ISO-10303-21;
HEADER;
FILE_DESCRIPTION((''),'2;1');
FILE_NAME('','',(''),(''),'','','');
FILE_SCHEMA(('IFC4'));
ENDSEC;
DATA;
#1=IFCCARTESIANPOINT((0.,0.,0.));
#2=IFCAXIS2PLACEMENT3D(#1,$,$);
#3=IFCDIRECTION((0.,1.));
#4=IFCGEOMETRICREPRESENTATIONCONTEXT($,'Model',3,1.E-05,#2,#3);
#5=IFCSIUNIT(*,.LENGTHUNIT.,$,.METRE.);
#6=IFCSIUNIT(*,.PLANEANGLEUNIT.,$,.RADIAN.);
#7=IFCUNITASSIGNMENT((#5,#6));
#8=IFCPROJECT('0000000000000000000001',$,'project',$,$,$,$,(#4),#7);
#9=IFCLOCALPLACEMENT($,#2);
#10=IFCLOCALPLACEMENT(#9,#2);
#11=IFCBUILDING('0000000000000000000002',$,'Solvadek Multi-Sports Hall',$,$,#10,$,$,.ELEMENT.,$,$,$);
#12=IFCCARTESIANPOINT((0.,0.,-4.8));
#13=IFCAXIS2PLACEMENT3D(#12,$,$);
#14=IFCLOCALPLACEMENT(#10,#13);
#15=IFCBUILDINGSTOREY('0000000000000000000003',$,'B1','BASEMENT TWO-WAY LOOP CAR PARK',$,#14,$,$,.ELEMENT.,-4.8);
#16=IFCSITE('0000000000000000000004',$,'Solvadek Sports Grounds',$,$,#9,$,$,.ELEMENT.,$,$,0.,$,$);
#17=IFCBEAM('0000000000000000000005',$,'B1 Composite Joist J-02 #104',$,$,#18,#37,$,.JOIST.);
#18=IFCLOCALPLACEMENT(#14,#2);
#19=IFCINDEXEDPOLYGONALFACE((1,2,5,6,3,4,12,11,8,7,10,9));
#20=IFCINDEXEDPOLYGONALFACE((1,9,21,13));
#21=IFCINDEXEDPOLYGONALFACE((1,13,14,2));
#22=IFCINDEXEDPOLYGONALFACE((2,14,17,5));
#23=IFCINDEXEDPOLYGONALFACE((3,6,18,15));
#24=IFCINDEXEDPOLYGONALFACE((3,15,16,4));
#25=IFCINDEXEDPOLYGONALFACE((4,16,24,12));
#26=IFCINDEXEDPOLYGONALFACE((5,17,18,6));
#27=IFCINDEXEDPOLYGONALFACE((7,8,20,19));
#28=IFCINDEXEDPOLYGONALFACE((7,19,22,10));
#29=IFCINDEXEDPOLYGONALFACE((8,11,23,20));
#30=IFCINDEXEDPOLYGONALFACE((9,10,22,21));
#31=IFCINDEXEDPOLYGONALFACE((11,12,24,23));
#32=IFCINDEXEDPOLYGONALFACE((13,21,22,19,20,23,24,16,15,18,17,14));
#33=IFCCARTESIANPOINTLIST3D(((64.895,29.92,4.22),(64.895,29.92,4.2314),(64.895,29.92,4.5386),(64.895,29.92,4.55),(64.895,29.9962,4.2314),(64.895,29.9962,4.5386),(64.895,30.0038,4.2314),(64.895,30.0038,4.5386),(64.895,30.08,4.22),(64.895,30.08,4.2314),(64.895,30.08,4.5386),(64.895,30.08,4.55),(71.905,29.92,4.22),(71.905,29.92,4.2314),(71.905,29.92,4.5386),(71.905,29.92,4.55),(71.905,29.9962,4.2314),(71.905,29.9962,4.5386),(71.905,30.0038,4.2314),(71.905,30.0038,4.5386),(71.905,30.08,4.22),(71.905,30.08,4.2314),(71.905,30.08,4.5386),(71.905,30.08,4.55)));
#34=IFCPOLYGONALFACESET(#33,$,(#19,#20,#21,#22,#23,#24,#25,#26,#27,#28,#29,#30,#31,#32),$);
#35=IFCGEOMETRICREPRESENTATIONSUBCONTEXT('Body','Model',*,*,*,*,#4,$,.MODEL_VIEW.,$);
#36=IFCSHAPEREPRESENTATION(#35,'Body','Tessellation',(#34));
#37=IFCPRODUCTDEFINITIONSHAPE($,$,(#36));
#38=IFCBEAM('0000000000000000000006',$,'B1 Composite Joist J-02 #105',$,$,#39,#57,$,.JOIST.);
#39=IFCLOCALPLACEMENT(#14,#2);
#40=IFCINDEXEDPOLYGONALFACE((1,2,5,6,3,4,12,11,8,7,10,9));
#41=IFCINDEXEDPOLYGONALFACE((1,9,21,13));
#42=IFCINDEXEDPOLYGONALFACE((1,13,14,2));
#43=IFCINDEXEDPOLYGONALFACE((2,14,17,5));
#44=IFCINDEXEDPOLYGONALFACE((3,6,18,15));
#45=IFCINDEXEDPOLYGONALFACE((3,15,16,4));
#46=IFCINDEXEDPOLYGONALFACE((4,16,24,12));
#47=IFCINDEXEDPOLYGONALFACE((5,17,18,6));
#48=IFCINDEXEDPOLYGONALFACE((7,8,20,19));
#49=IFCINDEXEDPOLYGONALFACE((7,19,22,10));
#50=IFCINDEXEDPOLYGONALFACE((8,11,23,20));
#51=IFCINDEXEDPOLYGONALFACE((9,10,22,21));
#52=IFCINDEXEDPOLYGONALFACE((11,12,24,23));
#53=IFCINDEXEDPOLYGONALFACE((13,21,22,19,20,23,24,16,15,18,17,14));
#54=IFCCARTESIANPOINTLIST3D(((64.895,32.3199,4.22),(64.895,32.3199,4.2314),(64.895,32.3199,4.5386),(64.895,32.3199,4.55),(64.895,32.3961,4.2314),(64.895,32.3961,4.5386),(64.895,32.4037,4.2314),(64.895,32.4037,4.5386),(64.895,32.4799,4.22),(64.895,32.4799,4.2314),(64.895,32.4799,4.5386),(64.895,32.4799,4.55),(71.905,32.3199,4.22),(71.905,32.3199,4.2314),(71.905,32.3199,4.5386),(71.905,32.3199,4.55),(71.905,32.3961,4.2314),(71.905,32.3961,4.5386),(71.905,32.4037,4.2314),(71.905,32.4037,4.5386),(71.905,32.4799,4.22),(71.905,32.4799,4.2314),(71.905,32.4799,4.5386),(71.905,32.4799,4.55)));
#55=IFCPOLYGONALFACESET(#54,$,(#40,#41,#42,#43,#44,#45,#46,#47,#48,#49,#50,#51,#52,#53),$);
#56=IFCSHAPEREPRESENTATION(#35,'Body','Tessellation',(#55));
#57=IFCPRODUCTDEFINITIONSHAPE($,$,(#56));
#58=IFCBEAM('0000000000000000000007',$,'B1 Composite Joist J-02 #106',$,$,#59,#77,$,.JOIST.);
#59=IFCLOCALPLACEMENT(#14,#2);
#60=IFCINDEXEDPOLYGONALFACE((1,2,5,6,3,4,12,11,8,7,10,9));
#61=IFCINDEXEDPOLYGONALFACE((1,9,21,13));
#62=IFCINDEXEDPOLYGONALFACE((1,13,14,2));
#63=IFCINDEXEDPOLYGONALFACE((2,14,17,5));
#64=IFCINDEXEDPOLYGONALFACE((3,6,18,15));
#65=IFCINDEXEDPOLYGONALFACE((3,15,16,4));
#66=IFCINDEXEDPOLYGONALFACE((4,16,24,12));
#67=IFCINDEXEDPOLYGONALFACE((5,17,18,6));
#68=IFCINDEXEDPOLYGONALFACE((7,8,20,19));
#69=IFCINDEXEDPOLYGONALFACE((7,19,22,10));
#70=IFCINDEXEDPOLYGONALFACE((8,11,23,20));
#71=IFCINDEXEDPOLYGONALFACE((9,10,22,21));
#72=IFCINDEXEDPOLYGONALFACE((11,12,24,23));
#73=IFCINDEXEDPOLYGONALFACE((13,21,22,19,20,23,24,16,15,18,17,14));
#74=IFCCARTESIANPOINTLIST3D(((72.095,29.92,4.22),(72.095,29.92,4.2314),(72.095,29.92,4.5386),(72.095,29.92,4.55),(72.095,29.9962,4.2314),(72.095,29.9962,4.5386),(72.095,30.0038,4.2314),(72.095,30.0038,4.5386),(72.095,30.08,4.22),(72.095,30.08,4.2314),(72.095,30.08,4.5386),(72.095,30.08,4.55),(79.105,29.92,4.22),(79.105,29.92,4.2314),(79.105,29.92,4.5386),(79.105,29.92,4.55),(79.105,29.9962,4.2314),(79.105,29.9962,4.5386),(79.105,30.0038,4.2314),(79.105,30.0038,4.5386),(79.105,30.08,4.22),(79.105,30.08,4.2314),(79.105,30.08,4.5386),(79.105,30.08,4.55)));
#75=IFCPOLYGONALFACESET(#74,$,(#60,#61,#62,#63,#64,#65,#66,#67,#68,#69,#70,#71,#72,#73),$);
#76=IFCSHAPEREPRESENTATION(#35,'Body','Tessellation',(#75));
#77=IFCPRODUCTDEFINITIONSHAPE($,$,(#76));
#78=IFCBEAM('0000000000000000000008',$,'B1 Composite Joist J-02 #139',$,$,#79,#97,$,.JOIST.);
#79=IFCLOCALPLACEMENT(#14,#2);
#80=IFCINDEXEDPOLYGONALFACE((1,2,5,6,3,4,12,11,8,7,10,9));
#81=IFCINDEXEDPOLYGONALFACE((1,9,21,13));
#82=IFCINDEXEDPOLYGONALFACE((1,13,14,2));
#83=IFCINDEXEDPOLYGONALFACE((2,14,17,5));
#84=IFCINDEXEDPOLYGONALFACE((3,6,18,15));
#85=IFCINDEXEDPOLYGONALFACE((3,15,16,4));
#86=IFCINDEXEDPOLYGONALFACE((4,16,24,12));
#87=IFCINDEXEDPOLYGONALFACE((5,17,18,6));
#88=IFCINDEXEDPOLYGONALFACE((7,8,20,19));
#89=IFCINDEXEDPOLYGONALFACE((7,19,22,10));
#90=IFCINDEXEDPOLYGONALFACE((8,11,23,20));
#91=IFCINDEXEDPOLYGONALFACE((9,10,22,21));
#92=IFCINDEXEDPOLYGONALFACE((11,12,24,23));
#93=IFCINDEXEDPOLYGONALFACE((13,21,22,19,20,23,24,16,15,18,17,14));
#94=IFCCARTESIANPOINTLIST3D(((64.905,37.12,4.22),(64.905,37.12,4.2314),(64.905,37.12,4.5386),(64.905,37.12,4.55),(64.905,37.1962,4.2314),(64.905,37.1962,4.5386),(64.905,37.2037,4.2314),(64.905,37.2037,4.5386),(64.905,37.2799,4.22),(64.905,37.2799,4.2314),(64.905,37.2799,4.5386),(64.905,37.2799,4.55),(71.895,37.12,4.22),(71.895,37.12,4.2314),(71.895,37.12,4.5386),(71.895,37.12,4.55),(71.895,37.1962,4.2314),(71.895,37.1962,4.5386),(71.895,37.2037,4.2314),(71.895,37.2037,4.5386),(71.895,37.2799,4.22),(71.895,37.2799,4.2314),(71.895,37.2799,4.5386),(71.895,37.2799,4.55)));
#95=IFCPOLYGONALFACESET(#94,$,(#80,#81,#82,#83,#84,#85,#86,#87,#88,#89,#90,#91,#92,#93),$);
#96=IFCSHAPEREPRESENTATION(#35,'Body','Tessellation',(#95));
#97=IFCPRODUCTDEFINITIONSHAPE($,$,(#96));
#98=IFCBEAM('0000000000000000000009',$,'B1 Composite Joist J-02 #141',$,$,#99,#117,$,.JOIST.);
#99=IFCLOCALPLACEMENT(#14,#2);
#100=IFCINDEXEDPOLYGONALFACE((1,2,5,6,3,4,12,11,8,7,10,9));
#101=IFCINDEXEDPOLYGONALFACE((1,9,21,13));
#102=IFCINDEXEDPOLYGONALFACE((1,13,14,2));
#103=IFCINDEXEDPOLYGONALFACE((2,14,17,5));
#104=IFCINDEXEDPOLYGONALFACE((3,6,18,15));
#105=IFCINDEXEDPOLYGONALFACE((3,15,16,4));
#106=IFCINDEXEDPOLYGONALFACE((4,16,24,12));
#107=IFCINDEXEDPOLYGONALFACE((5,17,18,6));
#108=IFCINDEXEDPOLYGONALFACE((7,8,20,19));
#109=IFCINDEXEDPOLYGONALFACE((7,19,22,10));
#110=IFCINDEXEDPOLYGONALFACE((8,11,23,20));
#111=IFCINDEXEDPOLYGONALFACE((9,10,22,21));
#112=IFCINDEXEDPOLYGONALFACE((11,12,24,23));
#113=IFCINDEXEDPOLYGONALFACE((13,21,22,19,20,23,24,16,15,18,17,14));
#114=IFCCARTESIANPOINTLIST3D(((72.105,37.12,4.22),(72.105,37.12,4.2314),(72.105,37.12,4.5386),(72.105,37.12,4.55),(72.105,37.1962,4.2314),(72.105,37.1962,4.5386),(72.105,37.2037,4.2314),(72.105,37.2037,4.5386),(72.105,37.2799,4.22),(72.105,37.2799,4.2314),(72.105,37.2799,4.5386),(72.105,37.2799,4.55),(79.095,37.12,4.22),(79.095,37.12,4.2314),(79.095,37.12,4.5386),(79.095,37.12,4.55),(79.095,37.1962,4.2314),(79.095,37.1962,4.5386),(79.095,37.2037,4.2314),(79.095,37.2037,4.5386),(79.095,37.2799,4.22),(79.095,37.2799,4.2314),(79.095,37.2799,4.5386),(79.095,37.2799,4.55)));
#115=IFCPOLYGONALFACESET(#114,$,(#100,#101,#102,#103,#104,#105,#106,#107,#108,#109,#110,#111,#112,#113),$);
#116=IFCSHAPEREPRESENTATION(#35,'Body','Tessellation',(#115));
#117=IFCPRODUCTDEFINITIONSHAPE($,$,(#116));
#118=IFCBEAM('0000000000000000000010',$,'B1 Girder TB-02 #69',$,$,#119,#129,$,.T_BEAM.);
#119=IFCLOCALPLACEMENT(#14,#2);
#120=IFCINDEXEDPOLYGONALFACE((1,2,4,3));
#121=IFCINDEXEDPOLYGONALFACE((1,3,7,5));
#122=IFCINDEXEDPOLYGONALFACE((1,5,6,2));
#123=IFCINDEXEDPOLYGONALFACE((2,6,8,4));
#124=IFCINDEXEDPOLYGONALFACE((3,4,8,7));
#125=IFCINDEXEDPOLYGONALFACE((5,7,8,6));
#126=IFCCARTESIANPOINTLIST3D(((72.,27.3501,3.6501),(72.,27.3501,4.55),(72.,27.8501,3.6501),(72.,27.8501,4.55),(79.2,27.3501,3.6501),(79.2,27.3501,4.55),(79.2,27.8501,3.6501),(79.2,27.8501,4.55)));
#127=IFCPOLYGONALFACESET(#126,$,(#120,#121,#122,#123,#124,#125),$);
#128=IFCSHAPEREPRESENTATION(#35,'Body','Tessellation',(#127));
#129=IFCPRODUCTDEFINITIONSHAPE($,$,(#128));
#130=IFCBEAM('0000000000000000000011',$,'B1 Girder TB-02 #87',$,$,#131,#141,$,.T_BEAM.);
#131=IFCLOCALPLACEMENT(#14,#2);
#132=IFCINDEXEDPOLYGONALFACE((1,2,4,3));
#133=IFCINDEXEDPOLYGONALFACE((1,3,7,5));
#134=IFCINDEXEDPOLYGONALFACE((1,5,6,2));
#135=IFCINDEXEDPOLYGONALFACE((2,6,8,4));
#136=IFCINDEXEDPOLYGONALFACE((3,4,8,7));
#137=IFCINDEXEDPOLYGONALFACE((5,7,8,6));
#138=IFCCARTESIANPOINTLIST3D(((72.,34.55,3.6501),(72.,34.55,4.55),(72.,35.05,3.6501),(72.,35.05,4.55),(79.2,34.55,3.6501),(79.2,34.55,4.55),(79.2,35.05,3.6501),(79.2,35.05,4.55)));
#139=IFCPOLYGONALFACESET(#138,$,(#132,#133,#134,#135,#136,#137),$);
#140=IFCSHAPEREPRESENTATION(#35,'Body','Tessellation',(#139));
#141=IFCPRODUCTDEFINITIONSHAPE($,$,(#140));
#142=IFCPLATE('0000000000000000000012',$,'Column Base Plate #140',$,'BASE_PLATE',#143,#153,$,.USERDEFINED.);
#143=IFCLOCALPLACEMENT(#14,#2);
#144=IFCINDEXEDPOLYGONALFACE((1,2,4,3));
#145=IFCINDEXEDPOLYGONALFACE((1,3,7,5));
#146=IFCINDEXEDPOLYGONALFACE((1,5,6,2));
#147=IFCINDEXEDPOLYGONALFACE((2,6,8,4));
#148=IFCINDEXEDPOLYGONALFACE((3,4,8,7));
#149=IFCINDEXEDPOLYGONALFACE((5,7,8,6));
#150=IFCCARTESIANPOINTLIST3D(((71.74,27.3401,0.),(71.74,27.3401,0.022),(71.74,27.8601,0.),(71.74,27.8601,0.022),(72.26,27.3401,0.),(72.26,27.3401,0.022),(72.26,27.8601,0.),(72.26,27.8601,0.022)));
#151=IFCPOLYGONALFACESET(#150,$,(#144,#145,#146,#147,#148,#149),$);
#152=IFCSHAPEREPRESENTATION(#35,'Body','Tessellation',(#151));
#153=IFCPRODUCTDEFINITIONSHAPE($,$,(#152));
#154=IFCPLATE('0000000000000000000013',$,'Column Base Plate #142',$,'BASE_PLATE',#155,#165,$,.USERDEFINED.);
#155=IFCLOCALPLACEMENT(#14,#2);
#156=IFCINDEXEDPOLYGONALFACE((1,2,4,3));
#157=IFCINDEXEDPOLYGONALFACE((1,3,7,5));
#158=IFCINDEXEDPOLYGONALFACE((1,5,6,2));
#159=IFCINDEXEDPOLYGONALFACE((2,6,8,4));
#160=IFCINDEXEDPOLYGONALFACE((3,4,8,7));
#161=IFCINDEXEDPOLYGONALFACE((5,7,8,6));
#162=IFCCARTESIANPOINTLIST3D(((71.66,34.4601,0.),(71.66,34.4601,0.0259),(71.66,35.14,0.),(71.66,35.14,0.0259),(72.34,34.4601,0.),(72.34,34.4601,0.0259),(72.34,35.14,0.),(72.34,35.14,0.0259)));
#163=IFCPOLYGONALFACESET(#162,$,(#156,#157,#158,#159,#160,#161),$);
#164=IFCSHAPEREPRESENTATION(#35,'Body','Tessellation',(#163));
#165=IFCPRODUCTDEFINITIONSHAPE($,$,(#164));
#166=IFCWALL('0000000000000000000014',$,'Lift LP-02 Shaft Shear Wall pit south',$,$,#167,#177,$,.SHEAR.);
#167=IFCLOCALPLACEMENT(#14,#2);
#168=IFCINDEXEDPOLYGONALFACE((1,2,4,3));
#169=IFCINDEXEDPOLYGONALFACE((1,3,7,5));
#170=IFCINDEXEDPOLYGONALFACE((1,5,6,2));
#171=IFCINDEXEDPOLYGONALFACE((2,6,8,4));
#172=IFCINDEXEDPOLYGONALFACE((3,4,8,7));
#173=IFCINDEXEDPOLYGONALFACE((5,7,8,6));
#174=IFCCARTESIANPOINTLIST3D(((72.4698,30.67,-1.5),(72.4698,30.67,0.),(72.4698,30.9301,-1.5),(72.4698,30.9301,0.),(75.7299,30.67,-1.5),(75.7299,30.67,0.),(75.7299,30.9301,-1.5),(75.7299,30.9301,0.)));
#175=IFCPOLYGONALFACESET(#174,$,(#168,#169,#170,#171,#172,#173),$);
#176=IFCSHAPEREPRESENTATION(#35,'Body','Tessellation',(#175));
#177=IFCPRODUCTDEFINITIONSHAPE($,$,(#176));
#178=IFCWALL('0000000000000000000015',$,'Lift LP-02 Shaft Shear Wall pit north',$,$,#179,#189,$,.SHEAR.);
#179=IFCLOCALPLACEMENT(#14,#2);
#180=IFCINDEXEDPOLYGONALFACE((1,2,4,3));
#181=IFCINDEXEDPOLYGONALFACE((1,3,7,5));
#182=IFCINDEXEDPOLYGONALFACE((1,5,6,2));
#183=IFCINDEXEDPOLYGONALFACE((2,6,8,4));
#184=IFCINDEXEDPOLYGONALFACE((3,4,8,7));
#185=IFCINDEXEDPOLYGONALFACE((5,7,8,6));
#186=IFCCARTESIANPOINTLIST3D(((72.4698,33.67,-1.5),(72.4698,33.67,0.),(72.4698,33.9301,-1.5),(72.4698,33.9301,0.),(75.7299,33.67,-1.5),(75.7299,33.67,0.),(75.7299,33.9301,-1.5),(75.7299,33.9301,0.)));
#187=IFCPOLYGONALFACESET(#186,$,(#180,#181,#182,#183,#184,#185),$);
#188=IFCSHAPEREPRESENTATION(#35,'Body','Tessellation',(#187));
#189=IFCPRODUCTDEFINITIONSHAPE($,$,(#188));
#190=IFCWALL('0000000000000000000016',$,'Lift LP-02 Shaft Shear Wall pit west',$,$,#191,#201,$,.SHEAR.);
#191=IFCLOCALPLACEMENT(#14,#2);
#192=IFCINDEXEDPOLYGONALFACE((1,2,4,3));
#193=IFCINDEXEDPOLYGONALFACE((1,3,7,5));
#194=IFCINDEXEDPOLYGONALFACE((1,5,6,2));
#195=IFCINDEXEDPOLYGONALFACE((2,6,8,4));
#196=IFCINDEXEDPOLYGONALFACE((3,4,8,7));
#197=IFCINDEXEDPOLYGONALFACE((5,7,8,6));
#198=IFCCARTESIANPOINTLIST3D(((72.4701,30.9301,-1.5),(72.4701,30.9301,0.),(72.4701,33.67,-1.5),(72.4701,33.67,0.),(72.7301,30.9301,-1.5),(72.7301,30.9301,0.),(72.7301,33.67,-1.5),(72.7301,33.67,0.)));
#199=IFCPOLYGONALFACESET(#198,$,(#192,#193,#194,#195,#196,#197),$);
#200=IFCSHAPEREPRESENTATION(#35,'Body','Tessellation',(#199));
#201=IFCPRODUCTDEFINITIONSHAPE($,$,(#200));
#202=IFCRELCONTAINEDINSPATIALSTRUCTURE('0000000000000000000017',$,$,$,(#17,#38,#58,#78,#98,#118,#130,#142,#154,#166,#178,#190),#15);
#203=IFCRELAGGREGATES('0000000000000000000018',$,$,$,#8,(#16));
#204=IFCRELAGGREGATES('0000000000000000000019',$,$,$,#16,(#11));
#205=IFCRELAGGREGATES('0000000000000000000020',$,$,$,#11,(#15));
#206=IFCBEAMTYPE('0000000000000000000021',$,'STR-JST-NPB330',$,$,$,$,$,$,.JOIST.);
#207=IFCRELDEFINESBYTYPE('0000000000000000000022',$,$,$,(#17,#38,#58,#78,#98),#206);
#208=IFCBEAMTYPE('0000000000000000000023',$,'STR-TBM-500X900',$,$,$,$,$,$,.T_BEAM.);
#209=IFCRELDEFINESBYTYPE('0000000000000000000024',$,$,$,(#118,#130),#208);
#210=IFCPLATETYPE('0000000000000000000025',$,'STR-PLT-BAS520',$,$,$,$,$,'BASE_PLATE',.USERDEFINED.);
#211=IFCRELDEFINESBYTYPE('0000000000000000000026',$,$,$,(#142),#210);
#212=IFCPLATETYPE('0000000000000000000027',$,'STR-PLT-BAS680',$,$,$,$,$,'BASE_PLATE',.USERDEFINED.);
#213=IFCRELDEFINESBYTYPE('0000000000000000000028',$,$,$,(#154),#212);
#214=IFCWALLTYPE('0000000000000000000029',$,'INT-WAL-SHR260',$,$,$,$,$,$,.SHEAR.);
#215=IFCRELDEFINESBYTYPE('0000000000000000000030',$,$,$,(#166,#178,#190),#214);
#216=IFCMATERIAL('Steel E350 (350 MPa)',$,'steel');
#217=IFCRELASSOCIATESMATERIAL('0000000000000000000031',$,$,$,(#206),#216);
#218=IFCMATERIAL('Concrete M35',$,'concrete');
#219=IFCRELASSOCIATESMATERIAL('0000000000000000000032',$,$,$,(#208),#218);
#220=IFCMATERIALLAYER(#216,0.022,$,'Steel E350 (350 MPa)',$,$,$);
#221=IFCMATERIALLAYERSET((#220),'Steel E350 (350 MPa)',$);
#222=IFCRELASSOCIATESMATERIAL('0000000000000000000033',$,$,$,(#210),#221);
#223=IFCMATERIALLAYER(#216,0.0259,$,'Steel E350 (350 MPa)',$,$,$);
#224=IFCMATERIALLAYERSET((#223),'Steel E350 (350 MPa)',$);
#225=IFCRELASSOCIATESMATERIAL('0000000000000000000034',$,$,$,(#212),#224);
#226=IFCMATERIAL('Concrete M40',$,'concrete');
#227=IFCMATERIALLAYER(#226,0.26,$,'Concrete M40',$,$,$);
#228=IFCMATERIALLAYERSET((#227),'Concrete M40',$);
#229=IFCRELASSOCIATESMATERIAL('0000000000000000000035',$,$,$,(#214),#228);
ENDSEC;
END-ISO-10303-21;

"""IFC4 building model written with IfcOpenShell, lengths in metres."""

from ifc_helpers import new_model, si_unit, direction, frame, frame_2d, origin, origin_2d, place, context, subcontext, project, spatial, rectangle, i_section, extrude, material, layer, layer_set, material_profile, profile_set, type_object, element, save


model = new_model("IFC4")

# Units and contexts
model_context = context("Model", 3, precision=1e-05, world=origin(), true_north=direction((0.0, 1.0)))
body_context = subcontext(model_context, "Body", "Model", "MODEL_VIEW")
ifc_project = project(units=[si_unit("LENGTHUNIT", "METRE"), si_unit("PLANEANGLEUNIT", "RADIAN")], contexts=[model_context])

# Site, building, storey
site_placement = place(None, origin())
site = spatial("IfcSite", under=ifc_project, at=site_placement, Name="Solvadek Sports Grounds", CompositionType="ELEMENT", RefElevation=0.0)
building_placement = place(site_placement, origin())
building = spatial("IfcBuilding", under=site, at=building_placement, Name="Solvadek Multi-Sports Hall", CompositionType="ELEMENT")
storey_placement = place(building_placement, frame((0.0, 0.0, -4.8)))
storey = spatial("IfcBuildingStorey", under=building, at=storey_placement, Name="B1", Description="BASEMENT TWO-WAY LOOP CAR PARK", CompositionType="ELEMENT", Elevation=-4.8)

# Shared definitions
ifc_material_1 = material(Name="Concrete M40", Category="concrete")

# Shared definitions
ifc_material_2 = material(Name="Concrete M35", Category="concrete")

# Shared definitions
ifc_material_3 = material(Name="Steel E350 (350 MPa)", Category="steel")

# Beams
ifc_material_profile_1 = material_profile(ifc_material_3, i_section(OverallWidth=0.1599, OverallDepth=0.3301, WebThickness=0.0076, FlangeThickness=0.0115, at=origin_2d()), Name="NPB 330")
ifc_profile_set_1 = profile_set([ifc_material_profile_1], Name="Steel E350 (350 MPa)")
beam_type_1 = type_object("IfcBeamType", Name="STR-JST-NPB330", PredefinedType="JOIST", material=ifc_profile_set_1)
for number, where, z_axis, x_axis, name in (
    (1, (64.895, 30.0, 4.385), (1.0, 0.0, 0.0), (0.0, 1.0, 0.0), "B1 Composite Joist J-02 #104"),
    (2, (64.895, 32.3999, 4.385), (1.0, 0.0, 0.0), (0.0, 1.0, 0.0), "B1 Composite Joist J-02 #105"),
    (3, (72.095, 30.0, 4.385), (1.0, 0.0, 0.0), (0.0, 1.0, 0.0), "B1 Composite Joist J-02 #106"),
):
    element("IfcBeam", number, at=place(storey_placement, frame(where, z_axis=z_axis, x_axis=x_axis)), inside=storey, type_object=beam_type_1, Name=name, PredefinedType="JOIST", context=body_context, shape_type="SweptSolid", body=[
        extrude(i_section(OverallWidth=0.1599, OverallDepth=0.3301, WebThickness=0.0076, FlangeThickness=0.0115, at=origin_2d()), origin(), (0.0, 0.0, 1.0), 7.01),
    ])
for number, where, z_axis, x_axis, name in (
    (4, (64.905, 37.2, 4.385), (1.0, 0.0, 0.0), (0.0, 1.0, 0.0), "B1 Composite Joist J-02 #139"),
    (5, (72.105, 37.2, 4.385), (1.0, 0.0, 0.0), (0.0, 1.0, 0.0), "B1 Composite Joist J-02 #141"),
):
    element("IfcBeam", number, at=place(storey_placement, frame(where, z_axis=z_axis, x_axis=x_axis)), inside=storey, type_object=beam_type_1, Name=name, PredefinedType="JOIST", context=body_context, shape_type="SweptSolid", body=[
        extrude(i_section(OverallWidth=0.1599, OverallDepth=0.3301, WebThickness=0.0076, FlangeThickness=0.0115, at=origin_2d()), origin(), (0.0, 0.0, 1.0), 6.99),
    ])
ifc_material_profile_2 = material_profile(ifc_material_2, rectangle(XDim=0.5, YDim=0.8999, at=origin_2d()), Name="RC T-BEAM 500x900")
ifc_profile_set_2 = profile_set([ifc_material_profile_2], Name="Concrete M35")
beam_type_2 = type_object("IfcBeamType", Name="STR-TBM-500X900", PredefinedType="T_BEAM", material=ifc_profile_set_2)
for number, where, z_axis, x_axis, name in (
    (6, (72.0, 27.6001, 4.1001), (1.0, 0.0, 0.0), (0.0, 1.0, 0.0), "B1 Girder TB-02 #69"),
    (7, (72.0, 34.8, 4.1001), (1.0, 0.0, 0.0), (0.0, 1.0, 0.0), "B1 Girder TB-02 #87"),
):
    element("IfcBeam", number, at=place(storey_placement, frame(where, z_axis=z_axis, x_axis=x_axis)), inside=storey, type_object=beam_type_2, Name=name, PredefinedType="T_BEAM", context=body_context, shape_type="SweptSolid", body=[
        extrude(rectangle(XDim=0.5, YDim=0.8999, at=origin_2d()), origin(), (0.0, 0.0, 1.0), 7.2),
    ])

# Plates
ifc_layer_1 = layer(ifc_material_3, 0.022, Name="Steel E350 (350 MPa)")
ifc_layer_set_1 = layer_set([ifc_layer_1], Name="Steel E350 (350 MPa)")
plate_type_1 = type_object("IfcPlateType", Name="STR-PLT-BAS520", ElementType="BASE_PLATE", PredefinedType="USERDEFINED", material=ifc_layer_set_1)
plate_1_placement = place(storey_placement, frame((72.0, 27.6001, 0.0), z_axis=(0.0, 0.0, 1.0), x_axis=(1.0, 0.0, 0.0)))
element("IfcPlate", 8, at=plate_1_placement, inside=storey, type_object=plate_type_1, Name="Column Base Plate #140", ObjectType="BASE_PLATE", PredefinedType="USERDEFINED", context=body_context, shape_type="SweptSolid", body=[
    extrude(rectangle(XDim=0.52, YDim=0.52, at=origin_2d()), origin(), (0.0, 0.0, 1.0), 0.022),
])
ifc_layer_2 = layer(ifc_material_3, 0.0259, Name="Steel E350 (350 MPa)")
ifc_layer_set_2 = layer_set([ifc_layer_2], Name="Steel E350 (350 MPa)")
plate_type_2 = type_object("IfcPlateType", Name="STR-PLT-BAS680", ElementType="BASE_PLATE", PredefinedType="USERDEFINED", material=ifc_layer_set_2)
plate_2_placement = place(storey_placement, frame((72.0, 34.8, 0.0), z_axis=(0.0, 0.0, 1.0), x_axis=(1.0, 0.0, 0.0)))
element("IfcPlate", 9, at=plate_2_placement, inside=storey, type_object=plate_type_2, Name="Column Base Plate #142", ObjectType="BASE_PLATE", PredefinedType="USERDEFINED", context=body_context, shape_type="SweptSolid", body=[
    extrude(rectangle(XDim=0.6799, YDim=0.6799, at=origin_2d()), origin(), (0.0, 0.0, 1.0), 0.0259),
])

# Walls
ifc_layer_3 = layer(ifc_material_1, 0.26, Name="Concrete M40")
ifc_layer_set_3 = layer_set([ifc_layer_3], Name="Concrete M40")
wall_type = type_object("IfcWallType", Name="INT-WAL-SHR260", PredefinedType="SHEAR", material=ifc_layer_set_3)
for number, where, z_axis, x_axis, name in (
    (10, (72.47, 30.8, -1.5), (0.0, 0.0, 1.0), (1.0, 0.0, 0.0), "Lift LP-02 Shaft Shear Wall pit south"),
    (11, (72.47, 33.8, -1.5), (0.0, 0.0, 1.0), (1.0, 0.0, 0.0), "Lift LP-02 Shaft Shear Wall pit north"),
):
    element("IfcWall", number, at=place(storey_placement, frame(where, z_axis=z_axis, x_axis=x_axis)), inside=storey, type_object=wall_type, Name=name, PredefinedType="SHEAR", context=body_context, shape_type="SweptSolid", body=[
        extrude(rectangle(XDim=3.26, YDim=0.26, at=frame_2d((1.6299, 0.0))), origin(), (0.0, 0.0, 1.0), 1.5),
    ])
wall_placement = place(storey_placement, frame((72.6001, 30.9299, -1.5), z_axis=(0.0, 0.0, 1.0), x_axis=(0.0, 1.0, 0.0)))
element("IfcWall", 12, at=wall_placement, inside=storey, type_object=wall_type, Name="Lift LP-02 Shaft Shear Wall pit west", PredefinedType="SHEAR", context=body_context, shape_type="SweptSolid", body=[
    extrude(rectangle(XDim=2.74, YDim=0.26, at=frame_2d((1.3701, 0.0))), origin(), (0.0, 0.0, 1.0), 1.5),
])

save(model, "model.ifc")
